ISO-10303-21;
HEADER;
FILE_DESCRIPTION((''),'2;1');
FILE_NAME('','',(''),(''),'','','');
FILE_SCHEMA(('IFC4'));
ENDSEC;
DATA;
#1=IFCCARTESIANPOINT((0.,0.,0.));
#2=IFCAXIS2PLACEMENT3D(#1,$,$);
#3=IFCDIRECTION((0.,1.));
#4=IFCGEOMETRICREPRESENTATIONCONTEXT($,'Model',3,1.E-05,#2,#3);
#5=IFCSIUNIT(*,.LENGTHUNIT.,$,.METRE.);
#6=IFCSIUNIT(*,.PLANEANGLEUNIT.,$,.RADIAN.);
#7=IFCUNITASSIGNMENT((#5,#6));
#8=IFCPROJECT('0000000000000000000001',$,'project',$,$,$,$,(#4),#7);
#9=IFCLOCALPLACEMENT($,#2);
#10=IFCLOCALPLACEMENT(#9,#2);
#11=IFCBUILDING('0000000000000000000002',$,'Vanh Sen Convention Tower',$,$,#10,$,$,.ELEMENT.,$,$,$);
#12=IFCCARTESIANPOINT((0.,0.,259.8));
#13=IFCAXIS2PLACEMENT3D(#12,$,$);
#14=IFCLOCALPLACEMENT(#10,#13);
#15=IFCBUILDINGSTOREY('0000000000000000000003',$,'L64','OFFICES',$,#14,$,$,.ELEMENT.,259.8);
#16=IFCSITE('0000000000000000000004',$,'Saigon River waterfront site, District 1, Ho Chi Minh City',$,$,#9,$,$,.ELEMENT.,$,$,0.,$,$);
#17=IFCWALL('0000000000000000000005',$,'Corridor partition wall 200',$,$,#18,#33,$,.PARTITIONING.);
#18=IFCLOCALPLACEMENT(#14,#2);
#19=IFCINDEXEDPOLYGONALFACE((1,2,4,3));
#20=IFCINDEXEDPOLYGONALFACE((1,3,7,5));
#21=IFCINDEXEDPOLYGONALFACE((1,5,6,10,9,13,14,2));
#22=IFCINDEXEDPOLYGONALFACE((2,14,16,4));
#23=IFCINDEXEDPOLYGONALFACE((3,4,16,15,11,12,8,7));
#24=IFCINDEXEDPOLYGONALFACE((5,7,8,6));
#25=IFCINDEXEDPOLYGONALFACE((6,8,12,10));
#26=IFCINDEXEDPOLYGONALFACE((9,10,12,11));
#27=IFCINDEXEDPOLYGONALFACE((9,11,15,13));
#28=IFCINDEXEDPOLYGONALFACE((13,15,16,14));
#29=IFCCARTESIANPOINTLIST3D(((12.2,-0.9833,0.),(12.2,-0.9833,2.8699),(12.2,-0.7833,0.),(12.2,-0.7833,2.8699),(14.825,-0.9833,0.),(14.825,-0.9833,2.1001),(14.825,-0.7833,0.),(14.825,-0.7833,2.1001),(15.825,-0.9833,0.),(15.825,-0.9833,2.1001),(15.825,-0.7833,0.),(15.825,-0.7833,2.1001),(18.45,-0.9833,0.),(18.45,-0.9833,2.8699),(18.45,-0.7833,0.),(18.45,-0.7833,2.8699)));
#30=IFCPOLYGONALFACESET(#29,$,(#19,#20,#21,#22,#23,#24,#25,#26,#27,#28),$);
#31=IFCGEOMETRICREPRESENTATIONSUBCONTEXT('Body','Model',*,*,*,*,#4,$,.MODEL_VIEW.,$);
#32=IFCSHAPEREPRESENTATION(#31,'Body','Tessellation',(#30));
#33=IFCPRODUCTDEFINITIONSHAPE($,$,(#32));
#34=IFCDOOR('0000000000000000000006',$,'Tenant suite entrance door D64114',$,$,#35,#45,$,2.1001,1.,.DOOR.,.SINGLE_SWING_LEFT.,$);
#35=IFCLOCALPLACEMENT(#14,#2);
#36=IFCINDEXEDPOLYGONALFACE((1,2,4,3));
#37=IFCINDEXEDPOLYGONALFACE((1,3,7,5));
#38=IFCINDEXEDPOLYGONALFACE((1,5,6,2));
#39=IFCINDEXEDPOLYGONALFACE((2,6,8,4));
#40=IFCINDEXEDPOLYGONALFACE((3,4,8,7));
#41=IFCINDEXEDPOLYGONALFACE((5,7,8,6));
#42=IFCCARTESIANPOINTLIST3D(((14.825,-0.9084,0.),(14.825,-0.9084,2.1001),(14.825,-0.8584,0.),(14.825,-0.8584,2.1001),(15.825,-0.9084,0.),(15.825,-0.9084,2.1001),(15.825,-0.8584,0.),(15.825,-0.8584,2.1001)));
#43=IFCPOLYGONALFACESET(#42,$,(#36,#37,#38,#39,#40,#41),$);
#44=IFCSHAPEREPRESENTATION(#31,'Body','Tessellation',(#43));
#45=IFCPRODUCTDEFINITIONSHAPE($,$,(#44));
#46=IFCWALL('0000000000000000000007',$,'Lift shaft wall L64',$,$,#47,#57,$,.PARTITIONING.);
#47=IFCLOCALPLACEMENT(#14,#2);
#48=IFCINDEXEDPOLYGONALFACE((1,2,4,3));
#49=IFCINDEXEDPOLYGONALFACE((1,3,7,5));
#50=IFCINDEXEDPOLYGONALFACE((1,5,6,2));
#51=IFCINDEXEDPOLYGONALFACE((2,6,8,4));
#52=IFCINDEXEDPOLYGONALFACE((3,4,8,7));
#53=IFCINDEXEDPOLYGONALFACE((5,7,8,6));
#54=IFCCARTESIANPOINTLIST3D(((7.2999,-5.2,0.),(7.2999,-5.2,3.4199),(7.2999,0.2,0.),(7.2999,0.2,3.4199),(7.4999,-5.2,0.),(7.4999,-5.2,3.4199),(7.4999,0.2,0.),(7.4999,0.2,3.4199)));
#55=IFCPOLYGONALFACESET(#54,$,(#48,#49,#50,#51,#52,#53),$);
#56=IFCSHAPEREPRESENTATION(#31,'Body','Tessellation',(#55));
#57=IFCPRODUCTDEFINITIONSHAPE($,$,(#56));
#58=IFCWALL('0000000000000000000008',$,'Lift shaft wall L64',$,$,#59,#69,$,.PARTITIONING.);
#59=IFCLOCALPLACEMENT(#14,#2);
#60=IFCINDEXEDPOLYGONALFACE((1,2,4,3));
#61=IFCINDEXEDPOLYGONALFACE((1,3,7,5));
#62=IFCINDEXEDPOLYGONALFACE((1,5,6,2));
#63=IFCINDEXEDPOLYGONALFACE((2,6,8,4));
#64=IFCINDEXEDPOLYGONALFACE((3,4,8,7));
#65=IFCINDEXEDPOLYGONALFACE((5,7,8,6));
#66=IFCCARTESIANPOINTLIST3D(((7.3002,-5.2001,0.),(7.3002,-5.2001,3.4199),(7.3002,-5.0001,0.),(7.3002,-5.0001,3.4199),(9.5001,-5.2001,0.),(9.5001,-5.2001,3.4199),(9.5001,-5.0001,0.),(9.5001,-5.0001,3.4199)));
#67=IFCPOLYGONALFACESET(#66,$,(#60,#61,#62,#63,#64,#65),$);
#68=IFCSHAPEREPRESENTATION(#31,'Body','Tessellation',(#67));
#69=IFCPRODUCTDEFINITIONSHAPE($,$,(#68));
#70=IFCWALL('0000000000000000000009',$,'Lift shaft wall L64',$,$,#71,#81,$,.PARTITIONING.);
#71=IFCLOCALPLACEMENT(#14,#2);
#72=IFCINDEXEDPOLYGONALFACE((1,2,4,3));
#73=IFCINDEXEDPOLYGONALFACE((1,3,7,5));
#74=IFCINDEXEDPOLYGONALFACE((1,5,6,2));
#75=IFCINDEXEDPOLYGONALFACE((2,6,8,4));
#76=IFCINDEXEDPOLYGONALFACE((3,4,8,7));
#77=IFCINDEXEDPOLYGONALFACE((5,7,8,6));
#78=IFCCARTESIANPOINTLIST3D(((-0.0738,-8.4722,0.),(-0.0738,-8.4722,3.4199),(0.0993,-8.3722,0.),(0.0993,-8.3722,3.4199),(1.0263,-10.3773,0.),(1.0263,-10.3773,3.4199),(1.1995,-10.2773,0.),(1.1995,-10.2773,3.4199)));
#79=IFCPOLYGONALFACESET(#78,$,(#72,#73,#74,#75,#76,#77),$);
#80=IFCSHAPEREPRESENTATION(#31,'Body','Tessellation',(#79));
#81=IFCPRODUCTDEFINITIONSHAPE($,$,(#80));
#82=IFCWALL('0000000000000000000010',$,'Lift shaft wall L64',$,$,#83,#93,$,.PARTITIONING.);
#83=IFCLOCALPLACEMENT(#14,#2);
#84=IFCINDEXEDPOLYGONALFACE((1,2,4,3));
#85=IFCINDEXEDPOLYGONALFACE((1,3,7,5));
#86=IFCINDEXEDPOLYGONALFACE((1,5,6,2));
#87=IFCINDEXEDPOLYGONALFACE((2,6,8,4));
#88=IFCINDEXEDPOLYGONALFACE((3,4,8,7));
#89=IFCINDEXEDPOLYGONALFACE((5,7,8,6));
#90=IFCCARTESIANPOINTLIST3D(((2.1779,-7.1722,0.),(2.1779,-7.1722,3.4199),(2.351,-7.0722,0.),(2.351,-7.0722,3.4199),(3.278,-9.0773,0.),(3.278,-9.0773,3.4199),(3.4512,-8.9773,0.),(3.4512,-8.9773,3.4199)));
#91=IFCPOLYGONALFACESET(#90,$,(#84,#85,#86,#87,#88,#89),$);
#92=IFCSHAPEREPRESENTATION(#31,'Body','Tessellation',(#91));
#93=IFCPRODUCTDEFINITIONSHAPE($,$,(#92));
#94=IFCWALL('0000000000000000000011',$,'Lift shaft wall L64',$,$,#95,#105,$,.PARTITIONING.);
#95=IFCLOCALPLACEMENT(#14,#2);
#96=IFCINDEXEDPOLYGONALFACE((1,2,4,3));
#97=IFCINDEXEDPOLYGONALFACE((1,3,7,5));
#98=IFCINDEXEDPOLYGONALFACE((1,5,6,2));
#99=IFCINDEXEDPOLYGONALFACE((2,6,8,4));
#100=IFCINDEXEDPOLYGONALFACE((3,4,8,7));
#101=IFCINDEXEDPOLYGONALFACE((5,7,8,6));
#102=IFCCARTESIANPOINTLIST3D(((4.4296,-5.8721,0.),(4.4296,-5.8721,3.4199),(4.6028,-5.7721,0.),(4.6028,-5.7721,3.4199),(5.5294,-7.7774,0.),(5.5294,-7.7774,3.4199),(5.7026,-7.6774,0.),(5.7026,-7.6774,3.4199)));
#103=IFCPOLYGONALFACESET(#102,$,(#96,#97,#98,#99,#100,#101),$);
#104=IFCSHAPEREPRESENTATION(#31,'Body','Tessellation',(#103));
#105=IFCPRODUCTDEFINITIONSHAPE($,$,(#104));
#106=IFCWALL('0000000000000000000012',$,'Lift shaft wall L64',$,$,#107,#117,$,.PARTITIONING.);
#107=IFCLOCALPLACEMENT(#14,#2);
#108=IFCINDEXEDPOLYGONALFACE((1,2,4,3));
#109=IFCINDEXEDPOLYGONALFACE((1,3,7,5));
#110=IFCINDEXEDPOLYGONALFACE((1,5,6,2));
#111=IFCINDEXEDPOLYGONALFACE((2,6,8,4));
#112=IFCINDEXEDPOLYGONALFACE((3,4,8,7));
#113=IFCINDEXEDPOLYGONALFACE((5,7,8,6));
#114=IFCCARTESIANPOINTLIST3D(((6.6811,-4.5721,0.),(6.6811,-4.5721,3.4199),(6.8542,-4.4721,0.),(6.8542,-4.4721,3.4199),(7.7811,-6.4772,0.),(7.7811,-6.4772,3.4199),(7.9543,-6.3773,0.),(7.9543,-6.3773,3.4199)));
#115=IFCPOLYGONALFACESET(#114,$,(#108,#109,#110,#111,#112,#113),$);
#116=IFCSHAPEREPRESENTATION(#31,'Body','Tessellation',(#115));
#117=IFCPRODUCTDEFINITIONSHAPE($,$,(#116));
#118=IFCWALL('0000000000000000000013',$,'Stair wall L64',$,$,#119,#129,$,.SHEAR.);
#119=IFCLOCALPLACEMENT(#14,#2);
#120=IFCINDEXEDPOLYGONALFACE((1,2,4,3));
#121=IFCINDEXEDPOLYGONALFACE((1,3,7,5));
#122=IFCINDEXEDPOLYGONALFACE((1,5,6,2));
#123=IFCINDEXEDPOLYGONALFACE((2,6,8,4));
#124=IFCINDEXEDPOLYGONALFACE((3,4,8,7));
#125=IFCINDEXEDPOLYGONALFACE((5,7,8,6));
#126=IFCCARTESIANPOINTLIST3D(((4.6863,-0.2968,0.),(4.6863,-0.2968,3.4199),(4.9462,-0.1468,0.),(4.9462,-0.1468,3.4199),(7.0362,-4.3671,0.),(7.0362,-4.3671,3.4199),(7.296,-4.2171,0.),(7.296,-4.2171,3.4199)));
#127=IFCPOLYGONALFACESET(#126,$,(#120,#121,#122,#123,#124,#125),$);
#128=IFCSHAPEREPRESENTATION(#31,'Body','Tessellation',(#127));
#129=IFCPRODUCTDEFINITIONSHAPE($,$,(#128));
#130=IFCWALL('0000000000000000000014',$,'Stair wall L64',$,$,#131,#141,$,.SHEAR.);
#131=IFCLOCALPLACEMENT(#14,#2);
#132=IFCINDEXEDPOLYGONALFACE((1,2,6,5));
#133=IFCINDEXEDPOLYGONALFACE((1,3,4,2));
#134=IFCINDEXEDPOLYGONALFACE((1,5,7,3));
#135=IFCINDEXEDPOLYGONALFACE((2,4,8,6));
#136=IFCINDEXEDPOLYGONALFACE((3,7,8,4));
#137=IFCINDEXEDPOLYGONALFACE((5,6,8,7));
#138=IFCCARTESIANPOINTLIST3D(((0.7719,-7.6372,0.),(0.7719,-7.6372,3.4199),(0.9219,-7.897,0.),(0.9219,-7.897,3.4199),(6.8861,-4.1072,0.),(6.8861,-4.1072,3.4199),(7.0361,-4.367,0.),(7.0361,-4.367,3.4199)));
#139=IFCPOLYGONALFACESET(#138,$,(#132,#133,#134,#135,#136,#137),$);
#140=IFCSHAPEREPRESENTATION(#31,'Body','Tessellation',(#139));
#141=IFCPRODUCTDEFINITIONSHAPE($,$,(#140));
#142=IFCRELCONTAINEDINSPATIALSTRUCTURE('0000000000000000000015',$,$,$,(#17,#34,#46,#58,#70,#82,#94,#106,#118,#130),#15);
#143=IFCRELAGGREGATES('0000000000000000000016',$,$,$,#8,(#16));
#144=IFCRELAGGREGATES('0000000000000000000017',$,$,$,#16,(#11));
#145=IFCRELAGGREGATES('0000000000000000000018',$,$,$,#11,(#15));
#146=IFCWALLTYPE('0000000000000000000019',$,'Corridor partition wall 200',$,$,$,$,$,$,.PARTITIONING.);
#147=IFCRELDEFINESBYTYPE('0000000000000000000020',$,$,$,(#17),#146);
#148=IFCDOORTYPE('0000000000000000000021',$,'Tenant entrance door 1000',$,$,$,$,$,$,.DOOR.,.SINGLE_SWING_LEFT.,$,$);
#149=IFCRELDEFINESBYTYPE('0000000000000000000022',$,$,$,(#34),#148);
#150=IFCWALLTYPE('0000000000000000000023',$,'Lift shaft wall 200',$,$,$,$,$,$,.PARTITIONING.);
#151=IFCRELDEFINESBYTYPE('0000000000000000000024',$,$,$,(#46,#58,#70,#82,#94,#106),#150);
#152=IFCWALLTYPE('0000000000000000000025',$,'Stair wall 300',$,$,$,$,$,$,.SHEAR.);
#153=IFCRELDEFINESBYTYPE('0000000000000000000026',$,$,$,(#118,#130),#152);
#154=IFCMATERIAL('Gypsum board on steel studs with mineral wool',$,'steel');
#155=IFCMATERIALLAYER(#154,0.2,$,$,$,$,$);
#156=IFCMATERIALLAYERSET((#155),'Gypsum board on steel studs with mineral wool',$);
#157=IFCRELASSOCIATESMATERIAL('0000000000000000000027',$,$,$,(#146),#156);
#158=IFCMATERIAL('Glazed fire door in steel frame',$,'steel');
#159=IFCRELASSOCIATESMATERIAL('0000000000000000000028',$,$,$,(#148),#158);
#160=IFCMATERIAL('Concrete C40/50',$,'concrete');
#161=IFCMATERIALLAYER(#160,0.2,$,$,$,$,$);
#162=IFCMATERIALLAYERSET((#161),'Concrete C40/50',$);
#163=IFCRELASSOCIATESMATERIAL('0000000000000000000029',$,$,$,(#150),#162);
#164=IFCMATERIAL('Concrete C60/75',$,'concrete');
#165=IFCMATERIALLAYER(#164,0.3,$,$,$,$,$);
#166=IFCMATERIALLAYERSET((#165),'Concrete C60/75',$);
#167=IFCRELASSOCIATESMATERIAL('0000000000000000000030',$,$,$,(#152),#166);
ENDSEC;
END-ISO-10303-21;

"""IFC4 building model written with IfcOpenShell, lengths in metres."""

from ifc_helpers import new_model, si_unit, direction, frame, frame_2d, origin, place, context, subcontext, project, spatial, rectangle, extrude, material, layer, layer_set, type_object, element, fill, save


model = new_model("IFC4")

# Units and contexts
model_context = context("Model", 3, precision=1e-05, world=origin(), true_north=direction((0.0, 1.0)))
body_context = subcontext(model_context, "Body", "Model", "MODEL_VIEW")
ifc_project = project(units=[si_unit("LENGTHUNIT", "METRE"), si_unit("PLANEANGLEUNIT", "RADIAN")], contexts=[model_context])

# Site, building, storey
site_placement = place(None, origin())
site = spatial("IfcSite", under=ifc_project, at=site_placement, Name="Saigon River waterfront site, District 1, Ho Chi Minh City", CompositionType="ELEMENT", RefElevation=0.0)
building_placement = place(site_placement, origin())
building = spatial("IfcBuilding", under=site, at=building_placement, Name="Vanh Sen Convention Tower", CompositionType="ELEMENT")
storey_placement = place(building_placement, frame((0.0, 0.0, 259.8)))
storey = spatial("IfcBuildingStorey", under=building, at=storey_placement, Name="L64", Description="OFFICES", CompositionType="ELEMENT", Elevation=259.8)

# Shared definitions
ifc_material_1 = material(Name="Concrete C40/50", Category="concrete")

# Shared definitions
ifc_material_2 = material(Name="Concrete C60/75", Category="concrete")

# Shared definitions
ifc_material_3 = material(Name="Gypsum board on steel studs with mineral wool", Category="steel")
ifc_layer_1 = layer(ifc_material_3, 0.2)
ifc_layer_set_1 = layer_set([ifc_layer_1], Name="Gypsum board on steel studs with mineral wool")
wall_type_1 = type_object("IfcWallType", Name="Corridor partition wall 200", PredefinedType="PARTITIONING", material=ifc_layer_set_1)

# Wall, opening, door
wall_1_placement = place(storey_placement, frame((12.2, -0.8833, 0.0), z_axis=(0.0, 0.0, 1.0), x_axis=(1.0, 0.0, 0.0)))
wall_1 = element("IfcWall", 1, at=wall_1_placement, inside=storey, type_object=wall_type_1, Name="Corridor partition wall 200", PredefinedType="PARTITIONING", context=body_context, shape_type="SweptSolid", body=[
    extrude(rectangle(XDim=6.25, YDim=0.2, at=frame_2d((3.125, 0.0))), origin(), (0.0, 0.0, 1.0), 2.8699),
])
opening_1_placement = place(wall_1_placement, frame((2.625, 0.0, 0.0)))
opening_1 = element("IfcOpeningElement", 2, at=opening_1_placement, cuts=wall_1, PredefinedType="OPENING", context=body_context, shape_type="SweptSolid", body=[
    extrude(rectangle(XDim=1.0, YDim=2.1001, at=frame_2d((0.5, 1.05))), frame((0.0, 0.1099, 0.0), z_axis=(0.0, -1.0, 0.0), x_axis=(1.0, 0.0, 0.0)), (0.0, 0.0, 1.0), 0.22),
])
ifc_material_4 = material(Name="Glazed fire door in steel frame", Category="steel")
door_type_1 = type_object("IfcDoorType", Name="Tenant entrance door 1000", OperationType="SINGLE_SWING_LEFT", PredefinedType="DOOR", material=ifc_material_4)
door_1_placement = place(opening_1_placement, origin())
door_1 = element("IfcDoor", 3, at=door_1_placement, inside=storey, type_object=door_type_1, Name="Tenant suite entrance door D64114", OperationType="SINGLE_SWING_LEFT", OverallHeight=2.1001, OverallWidth=1.0, PredefinedType="DOOR", context=body_context, shape_type="SweptSolid", body=[
    extrude(rectangle(XDim=1.0, YDim=2.1001, at=frame_2d((0.5, 1.05))), frame((0.0, 0.0249, 0.0), z_axis=(0.0, -1.0, 0.0), x_axis=(1.0, 0.0, 0.0)), (0.0, 0.0, 1.0), 0.05),
])
fill(opening_1, door_1)

# Walls
ifc_layer_2 = layer(ifc_material_1, 0.2)
ifc_layer_set_2 = layer_set([ifc_layer_2], Name="Concrete C40/50")
wall_type_2 = type_object("IfcWallType", Name="Lift shaft wall 200", PredefinedType="PARTITIONING", material=ifc_layer_set_2)
wall_2_placement = place(storey_placement, frame((7.3999, -5.2, 0.0), z_axis=(0.0, 0.0, 1.0), x_axis=(0.0, 1.0, 0.0)))
element("IfcWall", 4, at=wall_2_placement, inside=storey, type_object=wall_type_2, Name="Lift shaft wall L64", PredefinedType="PARTITIONING", context=body_context, shape_type="SweptSolid", body=[
    extrude(rectangle(XDim=5.3999, YDim=0.2, at=frame_2d((2.7, 0.0))), origin(), (0.0, 0.0, 1.0), 3.4199),
])
for number, where, z_axis, x_axis, name in (
    (5, (7.3, -5.1001, 0.0), (0.0, 0.0, 1.0), (1.0, 0.0, 0.0), "Lift shaft wall L64"),
    (6, (0.0127, -8.4221, 0.0), (0.0, 0.0, 1.0), (0.500078, -0.86598, 0.0), "Lift shaft wall L64"),
    (7, (2.2644, -7.1221, 0.0), (0.0, 0.0, 1.0), (0.500078, -0.86598, 0.0), "Lift shaft wall L64"),
    (8, (4.5161, -5.822, 0.0), (0.0, 0.0, 1.0), (0.499947, -0.866056, 0.0), "Lift shaft wall L64"),
    (9, (6.7676, -4.522, 0.0), (0.0, 0.0, 1.0), (0.50003, -0.866008, 0.0), "Lift shaft wall L64"),
):
    element("IfcWall", number, at=place(storey_placement, frame(where, z_axis=z_axis, x_axis=x_axis)), inside=storey, type_object=wall_type_2, Name=name, PredefinedType="PARTITIONING", context=body_context, shape_type="SweptSolid", body=[
        extrude(rectangle(XDim=2.2, YDim=0.2, at=frame_2d((1.1001, 0.0))), origin(), (0.0, 0.0, 1.0), 3.4199),
    ])
ifc_layer_3 = layer(ifc_material_2, 0.3)
ifc_layer_set_3 = layer_set([ifc_layer_3], Name="Concrete C60/75")
wall_type_3 = type_object("IfcWallType", Name="Stair wall 300", PredefinedType="SHEAR", material=ifc_layer_set_3)
wall_3_placement = place(storey_placement, frame((4.8162, -0.2217, 0.0), z_axis=(0.0, 0.0, 1.0), x_axis=(0.499977, -0.866039, 0.0)))
element("IfcWall", 10, at=wall_3_placement, inside=storey, type_object=wall_type_3, Name="Stair wall L64", PredefinedType="SHEAR", context=body_context, shape_type="SweptSolid", body=[
    extrude(rectangle(XDim=4.7, YDim=0.3, at=frame_2d((2.3501, 0.0))), origin(), (0.0, 0.0, 1.0), 3.4199),
])
wall_4_placement = place(storey_placement, frame((0.8469, -7.7671, 0.0), z_axis=(0.0, 0.0, 1.0), x_axis=(0.866028, 0.499996, 0.0)))
element("IfcWall", 11, at=wall_4_placement, inside=storey, type_object=wall_type_3, Name="Stair wall L64", PredefinedType="SHEAR", context=body_context, shape_type="SweptSolid", body=[
    extrude(rectangle(XDim=7.0601, YDim=0.3, at=frame_2d((3.53, 0.0))), origin(), (0.0, 0.0, 1.0), 3.4199),
])

save(model, "model.ifc")
